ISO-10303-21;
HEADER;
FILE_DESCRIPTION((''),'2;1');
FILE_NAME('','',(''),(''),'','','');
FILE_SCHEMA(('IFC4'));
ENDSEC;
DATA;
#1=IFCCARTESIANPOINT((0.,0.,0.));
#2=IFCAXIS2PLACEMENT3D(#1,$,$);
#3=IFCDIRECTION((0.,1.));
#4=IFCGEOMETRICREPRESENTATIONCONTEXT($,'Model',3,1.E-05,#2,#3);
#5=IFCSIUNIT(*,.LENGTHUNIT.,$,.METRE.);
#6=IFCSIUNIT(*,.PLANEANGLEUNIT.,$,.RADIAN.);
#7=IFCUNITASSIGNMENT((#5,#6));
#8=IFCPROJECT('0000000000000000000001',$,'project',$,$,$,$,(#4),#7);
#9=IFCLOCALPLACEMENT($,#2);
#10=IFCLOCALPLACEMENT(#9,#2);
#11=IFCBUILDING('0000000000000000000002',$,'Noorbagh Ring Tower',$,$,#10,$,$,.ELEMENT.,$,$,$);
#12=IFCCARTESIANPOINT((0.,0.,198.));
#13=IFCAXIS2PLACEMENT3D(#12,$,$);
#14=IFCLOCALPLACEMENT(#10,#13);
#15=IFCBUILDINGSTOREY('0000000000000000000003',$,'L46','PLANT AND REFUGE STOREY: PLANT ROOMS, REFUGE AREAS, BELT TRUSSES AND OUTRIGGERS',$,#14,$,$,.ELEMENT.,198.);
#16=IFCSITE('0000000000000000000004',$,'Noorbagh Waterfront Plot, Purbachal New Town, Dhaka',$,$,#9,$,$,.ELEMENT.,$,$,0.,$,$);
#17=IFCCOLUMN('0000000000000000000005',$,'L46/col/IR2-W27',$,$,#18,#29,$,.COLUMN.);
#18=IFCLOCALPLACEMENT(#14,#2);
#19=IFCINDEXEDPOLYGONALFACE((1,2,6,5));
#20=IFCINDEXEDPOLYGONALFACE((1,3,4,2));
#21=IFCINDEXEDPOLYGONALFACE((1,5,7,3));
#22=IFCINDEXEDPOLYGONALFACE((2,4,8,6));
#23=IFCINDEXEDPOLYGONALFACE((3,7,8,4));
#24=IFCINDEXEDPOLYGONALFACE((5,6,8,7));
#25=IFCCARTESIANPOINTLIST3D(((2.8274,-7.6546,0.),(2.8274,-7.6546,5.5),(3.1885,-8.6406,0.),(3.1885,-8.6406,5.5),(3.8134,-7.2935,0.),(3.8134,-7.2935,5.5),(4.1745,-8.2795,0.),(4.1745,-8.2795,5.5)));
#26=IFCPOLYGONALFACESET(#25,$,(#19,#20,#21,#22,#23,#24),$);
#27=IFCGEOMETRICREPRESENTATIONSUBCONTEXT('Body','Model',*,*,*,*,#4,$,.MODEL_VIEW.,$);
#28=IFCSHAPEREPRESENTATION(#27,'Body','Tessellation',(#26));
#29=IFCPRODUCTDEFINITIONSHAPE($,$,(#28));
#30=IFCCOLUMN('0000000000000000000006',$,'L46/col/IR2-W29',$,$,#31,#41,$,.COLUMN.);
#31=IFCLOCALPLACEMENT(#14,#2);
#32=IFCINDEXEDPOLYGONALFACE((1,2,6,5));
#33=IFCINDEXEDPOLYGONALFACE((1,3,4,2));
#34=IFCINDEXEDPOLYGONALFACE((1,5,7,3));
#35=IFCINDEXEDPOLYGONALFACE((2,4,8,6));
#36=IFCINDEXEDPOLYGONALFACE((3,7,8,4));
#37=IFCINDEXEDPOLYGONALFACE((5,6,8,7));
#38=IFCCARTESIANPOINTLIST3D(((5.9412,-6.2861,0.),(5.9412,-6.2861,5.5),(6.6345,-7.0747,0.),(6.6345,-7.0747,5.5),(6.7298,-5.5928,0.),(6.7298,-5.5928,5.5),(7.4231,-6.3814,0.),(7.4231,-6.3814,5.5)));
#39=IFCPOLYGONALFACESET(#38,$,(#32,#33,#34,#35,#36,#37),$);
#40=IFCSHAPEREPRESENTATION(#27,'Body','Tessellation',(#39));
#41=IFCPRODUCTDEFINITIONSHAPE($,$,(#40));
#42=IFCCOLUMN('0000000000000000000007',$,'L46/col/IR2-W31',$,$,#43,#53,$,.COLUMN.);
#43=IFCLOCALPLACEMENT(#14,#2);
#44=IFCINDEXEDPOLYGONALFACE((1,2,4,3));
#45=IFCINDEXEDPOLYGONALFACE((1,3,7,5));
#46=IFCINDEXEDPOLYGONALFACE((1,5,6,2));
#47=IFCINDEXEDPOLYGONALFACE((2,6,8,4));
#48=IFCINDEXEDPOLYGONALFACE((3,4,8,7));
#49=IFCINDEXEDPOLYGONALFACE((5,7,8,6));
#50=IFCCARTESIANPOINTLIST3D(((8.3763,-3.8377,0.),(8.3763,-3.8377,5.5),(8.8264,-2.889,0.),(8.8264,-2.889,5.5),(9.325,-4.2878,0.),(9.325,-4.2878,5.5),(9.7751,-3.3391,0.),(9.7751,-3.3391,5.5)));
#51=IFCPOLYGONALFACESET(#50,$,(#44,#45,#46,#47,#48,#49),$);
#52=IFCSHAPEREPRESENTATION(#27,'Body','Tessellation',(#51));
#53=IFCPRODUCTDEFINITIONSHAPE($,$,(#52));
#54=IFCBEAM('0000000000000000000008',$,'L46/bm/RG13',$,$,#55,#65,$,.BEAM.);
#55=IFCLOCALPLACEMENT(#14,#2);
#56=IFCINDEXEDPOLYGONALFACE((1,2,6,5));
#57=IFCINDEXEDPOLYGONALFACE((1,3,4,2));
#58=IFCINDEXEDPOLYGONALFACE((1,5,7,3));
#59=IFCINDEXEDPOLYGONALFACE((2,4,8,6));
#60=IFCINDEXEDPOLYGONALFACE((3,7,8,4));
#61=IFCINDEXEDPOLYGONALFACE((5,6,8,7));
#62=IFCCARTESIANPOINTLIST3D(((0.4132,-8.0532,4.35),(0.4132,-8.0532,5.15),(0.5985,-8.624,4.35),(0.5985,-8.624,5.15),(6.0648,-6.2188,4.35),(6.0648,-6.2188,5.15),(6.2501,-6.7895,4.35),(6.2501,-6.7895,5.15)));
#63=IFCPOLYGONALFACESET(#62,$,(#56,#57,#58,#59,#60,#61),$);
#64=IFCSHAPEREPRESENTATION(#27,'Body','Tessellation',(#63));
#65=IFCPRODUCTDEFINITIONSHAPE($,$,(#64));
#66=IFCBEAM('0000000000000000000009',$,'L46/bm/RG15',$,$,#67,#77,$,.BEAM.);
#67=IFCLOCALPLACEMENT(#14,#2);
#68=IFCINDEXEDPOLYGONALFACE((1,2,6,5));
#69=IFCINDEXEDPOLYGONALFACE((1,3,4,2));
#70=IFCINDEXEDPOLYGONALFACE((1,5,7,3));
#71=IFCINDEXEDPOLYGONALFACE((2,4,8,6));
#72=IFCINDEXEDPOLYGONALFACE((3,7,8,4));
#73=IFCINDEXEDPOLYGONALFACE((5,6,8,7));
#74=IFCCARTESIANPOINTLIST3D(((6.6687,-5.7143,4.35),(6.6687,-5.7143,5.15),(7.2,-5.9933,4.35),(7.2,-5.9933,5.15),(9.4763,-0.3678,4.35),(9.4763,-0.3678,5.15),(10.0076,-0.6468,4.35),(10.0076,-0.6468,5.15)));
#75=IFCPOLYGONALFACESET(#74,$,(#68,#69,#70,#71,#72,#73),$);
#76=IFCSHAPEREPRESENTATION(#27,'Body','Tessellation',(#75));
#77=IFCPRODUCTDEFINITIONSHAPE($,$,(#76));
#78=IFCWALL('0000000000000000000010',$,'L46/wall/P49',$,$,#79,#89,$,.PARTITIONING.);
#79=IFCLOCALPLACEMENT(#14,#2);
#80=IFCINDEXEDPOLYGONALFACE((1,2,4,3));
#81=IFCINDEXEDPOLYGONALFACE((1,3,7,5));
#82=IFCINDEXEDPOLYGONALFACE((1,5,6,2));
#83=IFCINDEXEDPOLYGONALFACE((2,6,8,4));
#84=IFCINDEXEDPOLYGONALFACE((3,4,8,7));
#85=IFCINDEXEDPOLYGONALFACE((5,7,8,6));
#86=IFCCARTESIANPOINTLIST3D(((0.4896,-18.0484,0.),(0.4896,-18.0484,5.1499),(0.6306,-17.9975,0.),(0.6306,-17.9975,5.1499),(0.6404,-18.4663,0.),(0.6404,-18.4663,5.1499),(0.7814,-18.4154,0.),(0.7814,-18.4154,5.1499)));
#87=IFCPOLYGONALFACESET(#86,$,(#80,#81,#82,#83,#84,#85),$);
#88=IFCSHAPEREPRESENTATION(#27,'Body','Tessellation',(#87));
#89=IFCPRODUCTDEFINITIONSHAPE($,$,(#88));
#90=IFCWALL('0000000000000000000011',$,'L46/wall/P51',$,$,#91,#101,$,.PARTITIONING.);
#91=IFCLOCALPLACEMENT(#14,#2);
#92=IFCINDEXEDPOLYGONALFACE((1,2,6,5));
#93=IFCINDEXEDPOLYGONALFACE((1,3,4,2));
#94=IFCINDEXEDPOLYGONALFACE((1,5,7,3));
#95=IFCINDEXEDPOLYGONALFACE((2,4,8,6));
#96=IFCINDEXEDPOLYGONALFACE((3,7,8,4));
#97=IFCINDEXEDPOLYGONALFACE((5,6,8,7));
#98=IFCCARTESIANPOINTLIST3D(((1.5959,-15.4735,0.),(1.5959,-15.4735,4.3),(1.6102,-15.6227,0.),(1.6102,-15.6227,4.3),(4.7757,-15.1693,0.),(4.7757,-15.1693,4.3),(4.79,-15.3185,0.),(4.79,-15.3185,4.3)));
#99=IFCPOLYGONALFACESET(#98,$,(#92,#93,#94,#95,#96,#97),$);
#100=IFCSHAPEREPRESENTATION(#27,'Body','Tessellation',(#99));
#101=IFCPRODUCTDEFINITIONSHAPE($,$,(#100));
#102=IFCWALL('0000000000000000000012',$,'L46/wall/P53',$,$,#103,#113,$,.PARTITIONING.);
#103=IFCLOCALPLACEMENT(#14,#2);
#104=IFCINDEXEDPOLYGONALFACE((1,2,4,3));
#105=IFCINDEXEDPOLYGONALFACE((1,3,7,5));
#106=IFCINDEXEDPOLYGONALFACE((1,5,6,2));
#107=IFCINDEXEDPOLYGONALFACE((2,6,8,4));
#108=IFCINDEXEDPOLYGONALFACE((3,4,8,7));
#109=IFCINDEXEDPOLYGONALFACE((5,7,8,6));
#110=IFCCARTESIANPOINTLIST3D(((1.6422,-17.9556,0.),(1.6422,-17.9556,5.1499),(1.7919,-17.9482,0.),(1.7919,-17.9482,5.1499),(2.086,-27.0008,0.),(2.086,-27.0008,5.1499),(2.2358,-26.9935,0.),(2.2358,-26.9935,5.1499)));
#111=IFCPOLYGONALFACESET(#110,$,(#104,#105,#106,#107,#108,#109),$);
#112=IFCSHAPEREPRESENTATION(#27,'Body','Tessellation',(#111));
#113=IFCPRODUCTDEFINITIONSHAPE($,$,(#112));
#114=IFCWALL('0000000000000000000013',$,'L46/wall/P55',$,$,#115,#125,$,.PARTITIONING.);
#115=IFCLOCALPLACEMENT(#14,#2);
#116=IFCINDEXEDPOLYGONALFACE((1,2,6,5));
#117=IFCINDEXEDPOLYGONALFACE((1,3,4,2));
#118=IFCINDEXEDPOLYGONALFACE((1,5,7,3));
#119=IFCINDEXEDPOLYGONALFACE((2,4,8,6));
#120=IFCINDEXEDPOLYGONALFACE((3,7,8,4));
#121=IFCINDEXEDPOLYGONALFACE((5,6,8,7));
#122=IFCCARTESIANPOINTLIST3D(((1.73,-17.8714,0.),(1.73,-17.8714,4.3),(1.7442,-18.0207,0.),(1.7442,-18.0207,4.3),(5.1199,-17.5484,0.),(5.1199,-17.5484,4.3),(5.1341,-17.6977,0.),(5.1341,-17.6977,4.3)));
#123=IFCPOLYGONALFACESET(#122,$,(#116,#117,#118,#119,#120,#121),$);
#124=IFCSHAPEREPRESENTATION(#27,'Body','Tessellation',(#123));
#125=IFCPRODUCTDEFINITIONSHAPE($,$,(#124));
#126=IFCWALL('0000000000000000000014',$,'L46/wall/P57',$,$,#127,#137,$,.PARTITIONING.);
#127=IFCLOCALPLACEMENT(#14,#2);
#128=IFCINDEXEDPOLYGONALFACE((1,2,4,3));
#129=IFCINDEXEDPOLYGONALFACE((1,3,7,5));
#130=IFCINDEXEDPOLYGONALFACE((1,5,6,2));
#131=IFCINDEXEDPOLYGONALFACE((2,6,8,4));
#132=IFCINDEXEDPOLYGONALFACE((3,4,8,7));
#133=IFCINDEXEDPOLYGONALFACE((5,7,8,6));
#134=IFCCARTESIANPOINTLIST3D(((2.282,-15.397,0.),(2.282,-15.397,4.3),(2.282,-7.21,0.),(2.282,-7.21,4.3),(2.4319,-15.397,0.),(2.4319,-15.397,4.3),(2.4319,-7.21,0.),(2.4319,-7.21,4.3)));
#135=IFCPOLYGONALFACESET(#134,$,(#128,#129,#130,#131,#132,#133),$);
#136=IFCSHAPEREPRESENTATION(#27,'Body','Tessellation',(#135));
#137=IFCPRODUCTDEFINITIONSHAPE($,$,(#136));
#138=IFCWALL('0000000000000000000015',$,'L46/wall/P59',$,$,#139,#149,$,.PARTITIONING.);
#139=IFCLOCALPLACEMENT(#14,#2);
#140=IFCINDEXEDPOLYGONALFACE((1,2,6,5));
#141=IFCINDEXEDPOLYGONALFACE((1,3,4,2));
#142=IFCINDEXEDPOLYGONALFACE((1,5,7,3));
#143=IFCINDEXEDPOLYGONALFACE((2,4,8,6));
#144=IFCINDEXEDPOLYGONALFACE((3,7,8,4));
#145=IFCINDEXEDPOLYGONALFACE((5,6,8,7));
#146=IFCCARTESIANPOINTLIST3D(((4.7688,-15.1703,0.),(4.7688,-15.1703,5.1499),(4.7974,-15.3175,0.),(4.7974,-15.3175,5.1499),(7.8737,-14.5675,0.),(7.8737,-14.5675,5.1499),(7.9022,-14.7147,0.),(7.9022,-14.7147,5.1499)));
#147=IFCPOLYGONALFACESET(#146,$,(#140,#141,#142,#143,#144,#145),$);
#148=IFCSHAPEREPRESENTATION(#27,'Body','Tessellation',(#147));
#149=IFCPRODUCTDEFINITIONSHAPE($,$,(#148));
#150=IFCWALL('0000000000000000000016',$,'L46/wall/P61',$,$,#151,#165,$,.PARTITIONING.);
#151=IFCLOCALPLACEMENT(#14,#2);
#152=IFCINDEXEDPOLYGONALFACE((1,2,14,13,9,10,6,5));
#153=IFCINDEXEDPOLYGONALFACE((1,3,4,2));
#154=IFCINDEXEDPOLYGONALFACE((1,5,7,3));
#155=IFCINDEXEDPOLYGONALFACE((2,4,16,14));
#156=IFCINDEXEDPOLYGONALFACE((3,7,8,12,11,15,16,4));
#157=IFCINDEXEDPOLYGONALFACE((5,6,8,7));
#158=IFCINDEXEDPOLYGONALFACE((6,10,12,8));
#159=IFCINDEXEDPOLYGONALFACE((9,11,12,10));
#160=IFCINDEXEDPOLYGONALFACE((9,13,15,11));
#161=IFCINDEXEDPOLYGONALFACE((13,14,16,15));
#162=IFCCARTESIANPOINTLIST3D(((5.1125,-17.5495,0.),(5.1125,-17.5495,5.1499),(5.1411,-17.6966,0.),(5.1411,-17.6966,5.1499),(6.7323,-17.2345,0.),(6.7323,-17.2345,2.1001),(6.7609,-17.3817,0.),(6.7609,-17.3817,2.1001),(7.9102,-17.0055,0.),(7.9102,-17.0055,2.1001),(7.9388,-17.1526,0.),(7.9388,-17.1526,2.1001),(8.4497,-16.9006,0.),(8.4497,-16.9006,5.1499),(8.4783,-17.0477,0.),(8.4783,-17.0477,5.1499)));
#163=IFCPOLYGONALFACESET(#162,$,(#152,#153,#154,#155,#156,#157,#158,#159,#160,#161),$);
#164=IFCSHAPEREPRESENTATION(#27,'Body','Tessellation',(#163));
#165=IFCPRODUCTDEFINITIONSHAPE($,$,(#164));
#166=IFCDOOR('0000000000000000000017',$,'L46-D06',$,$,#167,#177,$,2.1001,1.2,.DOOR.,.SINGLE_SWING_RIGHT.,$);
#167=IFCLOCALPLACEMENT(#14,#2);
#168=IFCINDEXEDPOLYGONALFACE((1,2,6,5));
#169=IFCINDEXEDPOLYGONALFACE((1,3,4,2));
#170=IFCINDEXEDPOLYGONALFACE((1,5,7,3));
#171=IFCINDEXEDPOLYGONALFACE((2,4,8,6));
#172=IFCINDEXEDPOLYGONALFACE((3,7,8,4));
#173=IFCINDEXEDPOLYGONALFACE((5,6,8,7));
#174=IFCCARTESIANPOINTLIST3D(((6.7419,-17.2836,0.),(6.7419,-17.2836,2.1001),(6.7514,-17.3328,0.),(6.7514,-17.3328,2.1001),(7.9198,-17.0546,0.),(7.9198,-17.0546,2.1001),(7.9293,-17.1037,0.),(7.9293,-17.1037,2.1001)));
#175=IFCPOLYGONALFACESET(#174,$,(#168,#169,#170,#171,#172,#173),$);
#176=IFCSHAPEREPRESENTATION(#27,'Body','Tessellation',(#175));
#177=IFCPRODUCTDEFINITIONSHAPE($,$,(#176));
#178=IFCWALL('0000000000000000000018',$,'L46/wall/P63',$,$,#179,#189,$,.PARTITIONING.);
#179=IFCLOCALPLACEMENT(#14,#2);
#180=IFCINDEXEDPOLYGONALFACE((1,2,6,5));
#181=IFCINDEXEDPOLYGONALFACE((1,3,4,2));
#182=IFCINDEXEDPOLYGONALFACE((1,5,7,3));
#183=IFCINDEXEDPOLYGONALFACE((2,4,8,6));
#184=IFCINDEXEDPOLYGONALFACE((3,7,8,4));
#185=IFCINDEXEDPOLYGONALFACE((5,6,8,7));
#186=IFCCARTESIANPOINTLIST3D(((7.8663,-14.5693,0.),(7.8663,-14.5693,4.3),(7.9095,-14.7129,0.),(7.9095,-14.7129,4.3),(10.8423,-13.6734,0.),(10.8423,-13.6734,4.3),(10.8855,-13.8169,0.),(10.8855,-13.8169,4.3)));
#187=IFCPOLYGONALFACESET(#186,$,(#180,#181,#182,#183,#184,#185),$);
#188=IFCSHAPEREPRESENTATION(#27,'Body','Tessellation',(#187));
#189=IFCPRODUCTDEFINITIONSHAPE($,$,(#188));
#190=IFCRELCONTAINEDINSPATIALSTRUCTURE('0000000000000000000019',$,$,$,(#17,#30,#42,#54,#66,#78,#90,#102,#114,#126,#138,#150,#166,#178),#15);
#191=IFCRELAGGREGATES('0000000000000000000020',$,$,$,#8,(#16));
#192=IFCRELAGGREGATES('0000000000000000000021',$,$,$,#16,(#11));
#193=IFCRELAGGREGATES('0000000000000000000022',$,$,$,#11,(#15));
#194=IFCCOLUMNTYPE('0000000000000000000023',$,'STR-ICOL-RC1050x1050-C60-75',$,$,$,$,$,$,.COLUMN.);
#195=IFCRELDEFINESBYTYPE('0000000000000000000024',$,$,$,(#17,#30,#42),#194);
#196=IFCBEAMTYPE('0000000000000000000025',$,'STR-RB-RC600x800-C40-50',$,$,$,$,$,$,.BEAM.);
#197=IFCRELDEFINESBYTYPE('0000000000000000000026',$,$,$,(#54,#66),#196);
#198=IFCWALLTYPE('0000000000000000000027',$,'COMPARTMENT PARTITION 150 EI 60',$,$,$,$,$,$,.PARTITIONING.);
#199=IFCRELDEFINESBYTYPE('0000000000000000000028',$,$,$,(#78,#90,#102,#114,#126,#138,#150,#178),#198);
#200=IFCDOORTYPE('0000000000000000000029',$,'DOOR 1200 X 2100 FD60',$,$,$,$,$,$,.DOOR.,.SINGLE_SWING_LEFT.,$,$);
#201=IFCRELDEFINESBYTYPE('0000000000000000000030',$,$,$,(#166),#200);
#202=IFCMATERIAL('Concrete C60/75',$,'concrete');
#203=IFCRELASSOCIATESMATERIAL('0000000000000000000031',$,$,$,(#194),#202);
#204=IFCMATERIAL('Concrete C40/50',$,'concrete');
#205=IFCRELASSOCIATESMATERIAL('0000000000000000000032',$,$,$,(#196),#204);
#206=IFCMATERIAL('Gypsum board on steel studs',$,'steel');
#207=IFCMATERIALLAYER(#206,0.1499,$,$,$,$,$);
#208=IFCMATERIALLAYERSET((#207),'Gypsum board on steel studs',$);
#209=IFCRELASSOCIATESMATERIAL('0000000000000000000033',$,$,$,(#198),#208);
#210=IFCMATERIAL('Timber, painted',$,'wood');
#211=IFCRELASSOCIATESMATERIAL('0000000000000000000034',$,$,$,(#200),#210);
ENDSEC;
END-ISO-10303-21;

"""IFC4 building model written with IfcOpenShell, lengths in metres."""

from ifc_helpers import new_model, si_unit, direction, frame, frame_2d, origin, origin_2d, place, context, subcontext, project, spatial, rectangle, extrude, material, layer, layer_set, material_profile, profile_set, type_object, element, fill, save


model = new_model("IFC4")

# Units and contexts
model_context = context("Model", 3, precision=1e-05, world=origin(), true_north=direction((0.0, 1.0)))
body_context = subcontext(model_context, "Body", "Model", "MODEL_VIEW")
ifc_project = project(units=[si_unit("LENGTHUNIT", "METRE"), si_unit("PLANEANGLEUNIT", "RADIAN")], contexts=[model_context])

# Site, building, storey
site_placement = place(None, origin())
site = spatial("IfcSite", under=ifc_project, at=site_placement, Name="Noorbagh Waterfront Plot, Purbachal New Town, Dhaka", CompositionType="ELEMENT", RefElevation=0.0)
building_placement = place(site_placement, origin())
building = spatial("IfcBuilding", under=site, at=building_placement, Name="Noorbagh Ring Tower", CompositionType="ELEMENT")
storey_placement = place(building_placement, frame((0.0, 0.0, 198.0)))
storey = spatial("IfcBuildingStorey", under=building, at=storey_placement, Name="L46", Description="PLANT AND REFUGE STOREY: PLANT ROOMS, REFUGE AREAS, BELT TRUSSES AND OUTRIGGERS", CompositionType="ELEMENT", Elevation=198.0)

# Columns
ifc_material_1 = material(Name="Concrete C60/75", Category="concrete")
ifc_material_profile_1 = material_profile(ifc_material_1, rectangle(XDim=1.05, YDim=1.05, at=origin_2d()), Name="RC1050x1050")
ifc_profile_set_1 = profile_set([ifc_material_profile_1], Name="Concrete C60/75")
column_type = type_object("IfcColumnType", Name="STR-ICOL-RC1050x1050-C60-75", PredefinedType="COLUMN", material=ifc_profile_set_1)
for number, where, z_axis, x_axis, name in (
    (1, (3.501, -7.967, 0.0), (0.0, 0.0, 1.0), (0.93902, 0.343864, 0.0), "L46/col/IR2-W27"),
    (2, (6.6821, -6.3337, 0.0), (0.0, 0.0, 1.0), (0.751022, 0.660277, 0.0), "L46/col/IR2-W29"),
    (3, (9.0757, -3.5884, 0.0), (0.0, 0.0, 1.0), (0.428667, 0.903463, 0.0), "L46/col/IR2-W31"),
):
    element("IfcColumn", number, at=place(storey_placement, frame(where, z_axis=z_axis, x_axis=x_axis)), inside=storey, type_object=column_type, Name=name, PredefinedType="COLUMN", context=body_context, shape_type="SweptSolid", body=[
        extrude(rectangle(XDim=1.05, YDim=1.05, at=origin_2d()), origin(), (0.0, 0.0, 1.0), 5.5),
    ])

# Beams
ifc_material_2 = material(Name="Concrete C40/50", Category="concrete")
ifc_material_profile_2 = material_profile(ifc_material_2, rectangle(XDim=0.6001, YDim=0.8, at=origin_2d()), Name="RC600x800")
ifc_profile_set_2 = profile_set([ifc_material_profile_2], Name="Concrete C40/50")
beam_type = type_object("IfcBeamType", Name="STR-RB-RC600x800-C40-50", PredefinedType="BEAM", material=ifc_profile_set_2)
beam_1_placement = place(storey_placement, frame((0.5059, -8.3386, 4.75), z_axis=(0.951148, 0.308736, 0.0), x_axis=(-0.308736, 0.951148, 0.0)))
element("IfcBeam", 4, at=beam_1_placement, inside=storey, type_object=beam_type, Name="L46/bm/RG13", PredefinedType="BEAM", context=body_context, shape_type="SweptSolid", body=[
    extrude(rectangle(XDim=0.6001, YDim=0.8, at=origin_2d()), origin(), (0.0, 0.0, 1.0), 5.9419),
])
beam_2_placement = place(storey_placement, frame((6.9343, -5.8538, 4.75), z_axis=(0.46493, 0.885348, 0.0), x_axis=(-0.885348, 0.46493, 0.0)))
element("IfcBeam", 5, at=beam_2_placement, inside=storey, type_object=beam_type, Name="L46/bm/RG15", PredefinedType="BEAM", context=body_context, shape_type="SweptSolid", body=[
    extrude(rectangle(XDim=0.6001, YDim=0.8, at=origin_2d()), origin(), (0.0, 0.0, 1.0), 6.0388),
])

# Walls
ifc_material_3 = material(Name="Gypsum board on steel studs", Category="steel")
ifc_layer = layer(ifc_material_3, 0.1499)
ifc_layer_set = layer_set([ifc_layer], Name="Gypsum board on steel studs")
wall_type = type_object("IfcWallType", Name="COMPARTMENT PARTITION 150 EI 60", PredefinedType="PARTITIONING", material=ifc_layer_set)
wall_1_placement = place(storey_placement, frame((0.5601, -18.0229, 0.0), z_axis=(0.0, 0.0, 1.0), x_axis=(0.339536, -0.940593, 0.0)))
element("IfcWall", 6, at=wall_1_placement, inside=storey, type_object=wall_type, Name="L46/wall/P49", PredefinedType="PARTITIONING", context=body_context, shape_type="SweptSolid", body=[
    extrude(rectangle(XDim=0.4443, YDim=0.1499, at=frame_2d((0.2222, 0.0))), origin(), (0.0, 0.0, 1.0), 5.1499),
])
wall_2_placement = place(storey_placement, frame((1.603, -15.5481, 0.0), z_axis=(0.0, 0.0, 1.0), x_axis=(0.995456, 0.095227, 0.0)))
element("IfcWall", 7, at=wall_2_placement, inside=storey, type_object=wall_type, Name="L46/wall/P51", PredefinedType="PARTITIONING", context=body_context, shape_type="SweptSolid", body=[
    extrude(rectangle(XDim=3.1943, YDim=0.1499, at=frame_2d((1.5972, 0.0))), origin(), (0.0, 0.0, 1.0), 4.3),
])
wall_3_placement = place(storey_placement, frame((1.717, -17.9519, 0.0), z_axis=(0.0, 0.0, 1.0), x_axis=(0.049011, -0.998798, 0.0)))
element("IfcWall", 8, at=wall_3_placement, inside=storey, type_object=wall_type, Name="L46/wall/P53", PredefinedType="PARTITIONING", context=body_context, shape_type="SweptSolid", body=[
    extrude(rectangle(XDim=9.0562, YDim=0.1499, at=frame_2d((4.5281, 0.0))), origin(), (0.0, 0.0, 1.0), 5.1499),
])
wall_4_placement = place(storey_placement, frame((1.7371, -17.946, 0.0), z_axis=(0.0, 0.0, 1.0), x_axis=(0.995491, 0.094853, 0.0)))
element("IfcWall", 9, at=wall_4_placement, inside=storey, type_object=wall_type, Name="L46/wall/P55", PredefinedType="PARTITIONING", context=body_context, shape_type="SweptSolid", body=[
    extrude(rectangle(XDim=3.4053, YDim=0.1499, at=frame_2d((1.7026, 0.0))), origin(), (0.0, 0.0, 1.0), 4.3),
])
wall_5_placement = place(storey_placement, frame((2.3569, -15.397, 0.0), z_axis=(0.0, 0.0, 1.0), x_axis=(0.0, 1.0, 0.0)))
element("IfcWall", 10, at=wall_5_placement, inside=storey, type_object=wall_type, Name="L46/wall/P57", PredefinedType="PARTITIONING", context=body_context, shape_type="SweptSolid", body=[
    extrude(rectangle(XDim=8.187, YDim=0.1499, at=frame_2d((4.0935, 0.0))), origin(), (0.0, 0.0, 1.0), 4.3),
])
wall_6_placement = place(storey_placement, frame((4.783, -15.2439, 0.0), z_axis=(0.0, 0.0, 1.0), x_axis=(0.981672, 0.190576, 0.0)))
element("IfcWall", 11, at=wall_6_placement, inside=storey, type_object=wall_type, Name="L46/wall/P59", PredefinedType="PARTITIONING", context=body_context, shape_type="SweptSolid", body=[
    extrude(rectangle(XDim=3.1628, YDim=0.1499, at=frame_2d((1.5815, 0.0))), origin(), (0.0, 0.0, 1.0), 5.1499),
])

# Wall, opening, door
wall_7_placement = place(storey_placement, frame((5.127, -17.623, 0.0), z_axis=(0.0, 0.0, 1.0), x_axis=(0.981614, 0.190879, 0.0)))
wall_7 = element("IfcWall", 12, at=wall_7_placement, inside=storey, type_object=wall_type, Name="L46/wall/P61", PredefinedType="PARTITIONING", context=body_context, shape_type="SweptSolid", body=[
    extrude(rectangle(XDim=3.3997, YDim=0.1499, at=frame_2d((1.6997, 0.0))), origin(), (0.0, 0.0, 1.0), 5.1499),
])
opening_placement = place(wall_7_placement, frame((1.6499, 0.0, 0.0)))
opening = element("IfcOpeningElement", 13, at=opening_placement, cuts=wall_7, PredefinedType="OPENING", context=body_context, shape_type="SweptSolid", body=[
    extrude(rectangle(XDim=1.2, YDim=2.1001, at=frame_2d((0.6001, 1.05))), frame((0.0, 0.085, 0.0), z_axis=(0.0, -1.0, 0.0), x_axis=(1.0, 0.0, 0.0)), (0.0, 0.0, 1.0), 0.1699),
])
ifc_material_4 = material(Name="Timber, painted", Category="wood")
door_type = type_object("IfcDoorType", Name="DOOR 1200 X 2100 FD60", OperationType="SINGLE_SWING_LEFT", PredefinedType="DOOR", material=ifc_material_4)
door_placement = place(opening_placement, origin())
door = element("IfcDoor", 14, at=door_placement, inside=storey, type_object=door_type, Name="L46-D06", OperationType="SINGLE_SWING_RIGHT", OverallHeight=2.1001, OverallWidth=1.2, PredefinedType="DOOR", context=body_context, shape_type="SweptSolid", body=[
    extrude(rectangle(XDim=1.2, YDim=2.1001, at=frame_2d((0.6001, 1.05))), frame((0.0, 0.0249, 0.0), z_axis=(0.0, -1.0, 0.0), x_axis=(1.0, 0.0, 0.0)), (0.0, 0.0, 1.0), 0.05),
])
fill(opening, door)

# Wall
wall_8_placement = place(storey_placement, frame((7.8879, -14.6411, 0.0), z_axis=(0.0, 0.0, 1.0), x_axis=(0.957545, 0.288285, 0.0)))
element("IfcWall", 15, at=wall_8_placement, inside=storey, type_object=wall_type, Name="L46/wall/P63", PredefinedType="PARTITIONING", context=body_context, shape_type="SweptSolid", body=[
    extrude(rectangle(XDim=3.1079, YDim=0.1499, at=frame_2d((1.554, 0.0))), origin(), (0.0, 0.0, 1.0), 4.3),
])

save(model, "model.ifc")
